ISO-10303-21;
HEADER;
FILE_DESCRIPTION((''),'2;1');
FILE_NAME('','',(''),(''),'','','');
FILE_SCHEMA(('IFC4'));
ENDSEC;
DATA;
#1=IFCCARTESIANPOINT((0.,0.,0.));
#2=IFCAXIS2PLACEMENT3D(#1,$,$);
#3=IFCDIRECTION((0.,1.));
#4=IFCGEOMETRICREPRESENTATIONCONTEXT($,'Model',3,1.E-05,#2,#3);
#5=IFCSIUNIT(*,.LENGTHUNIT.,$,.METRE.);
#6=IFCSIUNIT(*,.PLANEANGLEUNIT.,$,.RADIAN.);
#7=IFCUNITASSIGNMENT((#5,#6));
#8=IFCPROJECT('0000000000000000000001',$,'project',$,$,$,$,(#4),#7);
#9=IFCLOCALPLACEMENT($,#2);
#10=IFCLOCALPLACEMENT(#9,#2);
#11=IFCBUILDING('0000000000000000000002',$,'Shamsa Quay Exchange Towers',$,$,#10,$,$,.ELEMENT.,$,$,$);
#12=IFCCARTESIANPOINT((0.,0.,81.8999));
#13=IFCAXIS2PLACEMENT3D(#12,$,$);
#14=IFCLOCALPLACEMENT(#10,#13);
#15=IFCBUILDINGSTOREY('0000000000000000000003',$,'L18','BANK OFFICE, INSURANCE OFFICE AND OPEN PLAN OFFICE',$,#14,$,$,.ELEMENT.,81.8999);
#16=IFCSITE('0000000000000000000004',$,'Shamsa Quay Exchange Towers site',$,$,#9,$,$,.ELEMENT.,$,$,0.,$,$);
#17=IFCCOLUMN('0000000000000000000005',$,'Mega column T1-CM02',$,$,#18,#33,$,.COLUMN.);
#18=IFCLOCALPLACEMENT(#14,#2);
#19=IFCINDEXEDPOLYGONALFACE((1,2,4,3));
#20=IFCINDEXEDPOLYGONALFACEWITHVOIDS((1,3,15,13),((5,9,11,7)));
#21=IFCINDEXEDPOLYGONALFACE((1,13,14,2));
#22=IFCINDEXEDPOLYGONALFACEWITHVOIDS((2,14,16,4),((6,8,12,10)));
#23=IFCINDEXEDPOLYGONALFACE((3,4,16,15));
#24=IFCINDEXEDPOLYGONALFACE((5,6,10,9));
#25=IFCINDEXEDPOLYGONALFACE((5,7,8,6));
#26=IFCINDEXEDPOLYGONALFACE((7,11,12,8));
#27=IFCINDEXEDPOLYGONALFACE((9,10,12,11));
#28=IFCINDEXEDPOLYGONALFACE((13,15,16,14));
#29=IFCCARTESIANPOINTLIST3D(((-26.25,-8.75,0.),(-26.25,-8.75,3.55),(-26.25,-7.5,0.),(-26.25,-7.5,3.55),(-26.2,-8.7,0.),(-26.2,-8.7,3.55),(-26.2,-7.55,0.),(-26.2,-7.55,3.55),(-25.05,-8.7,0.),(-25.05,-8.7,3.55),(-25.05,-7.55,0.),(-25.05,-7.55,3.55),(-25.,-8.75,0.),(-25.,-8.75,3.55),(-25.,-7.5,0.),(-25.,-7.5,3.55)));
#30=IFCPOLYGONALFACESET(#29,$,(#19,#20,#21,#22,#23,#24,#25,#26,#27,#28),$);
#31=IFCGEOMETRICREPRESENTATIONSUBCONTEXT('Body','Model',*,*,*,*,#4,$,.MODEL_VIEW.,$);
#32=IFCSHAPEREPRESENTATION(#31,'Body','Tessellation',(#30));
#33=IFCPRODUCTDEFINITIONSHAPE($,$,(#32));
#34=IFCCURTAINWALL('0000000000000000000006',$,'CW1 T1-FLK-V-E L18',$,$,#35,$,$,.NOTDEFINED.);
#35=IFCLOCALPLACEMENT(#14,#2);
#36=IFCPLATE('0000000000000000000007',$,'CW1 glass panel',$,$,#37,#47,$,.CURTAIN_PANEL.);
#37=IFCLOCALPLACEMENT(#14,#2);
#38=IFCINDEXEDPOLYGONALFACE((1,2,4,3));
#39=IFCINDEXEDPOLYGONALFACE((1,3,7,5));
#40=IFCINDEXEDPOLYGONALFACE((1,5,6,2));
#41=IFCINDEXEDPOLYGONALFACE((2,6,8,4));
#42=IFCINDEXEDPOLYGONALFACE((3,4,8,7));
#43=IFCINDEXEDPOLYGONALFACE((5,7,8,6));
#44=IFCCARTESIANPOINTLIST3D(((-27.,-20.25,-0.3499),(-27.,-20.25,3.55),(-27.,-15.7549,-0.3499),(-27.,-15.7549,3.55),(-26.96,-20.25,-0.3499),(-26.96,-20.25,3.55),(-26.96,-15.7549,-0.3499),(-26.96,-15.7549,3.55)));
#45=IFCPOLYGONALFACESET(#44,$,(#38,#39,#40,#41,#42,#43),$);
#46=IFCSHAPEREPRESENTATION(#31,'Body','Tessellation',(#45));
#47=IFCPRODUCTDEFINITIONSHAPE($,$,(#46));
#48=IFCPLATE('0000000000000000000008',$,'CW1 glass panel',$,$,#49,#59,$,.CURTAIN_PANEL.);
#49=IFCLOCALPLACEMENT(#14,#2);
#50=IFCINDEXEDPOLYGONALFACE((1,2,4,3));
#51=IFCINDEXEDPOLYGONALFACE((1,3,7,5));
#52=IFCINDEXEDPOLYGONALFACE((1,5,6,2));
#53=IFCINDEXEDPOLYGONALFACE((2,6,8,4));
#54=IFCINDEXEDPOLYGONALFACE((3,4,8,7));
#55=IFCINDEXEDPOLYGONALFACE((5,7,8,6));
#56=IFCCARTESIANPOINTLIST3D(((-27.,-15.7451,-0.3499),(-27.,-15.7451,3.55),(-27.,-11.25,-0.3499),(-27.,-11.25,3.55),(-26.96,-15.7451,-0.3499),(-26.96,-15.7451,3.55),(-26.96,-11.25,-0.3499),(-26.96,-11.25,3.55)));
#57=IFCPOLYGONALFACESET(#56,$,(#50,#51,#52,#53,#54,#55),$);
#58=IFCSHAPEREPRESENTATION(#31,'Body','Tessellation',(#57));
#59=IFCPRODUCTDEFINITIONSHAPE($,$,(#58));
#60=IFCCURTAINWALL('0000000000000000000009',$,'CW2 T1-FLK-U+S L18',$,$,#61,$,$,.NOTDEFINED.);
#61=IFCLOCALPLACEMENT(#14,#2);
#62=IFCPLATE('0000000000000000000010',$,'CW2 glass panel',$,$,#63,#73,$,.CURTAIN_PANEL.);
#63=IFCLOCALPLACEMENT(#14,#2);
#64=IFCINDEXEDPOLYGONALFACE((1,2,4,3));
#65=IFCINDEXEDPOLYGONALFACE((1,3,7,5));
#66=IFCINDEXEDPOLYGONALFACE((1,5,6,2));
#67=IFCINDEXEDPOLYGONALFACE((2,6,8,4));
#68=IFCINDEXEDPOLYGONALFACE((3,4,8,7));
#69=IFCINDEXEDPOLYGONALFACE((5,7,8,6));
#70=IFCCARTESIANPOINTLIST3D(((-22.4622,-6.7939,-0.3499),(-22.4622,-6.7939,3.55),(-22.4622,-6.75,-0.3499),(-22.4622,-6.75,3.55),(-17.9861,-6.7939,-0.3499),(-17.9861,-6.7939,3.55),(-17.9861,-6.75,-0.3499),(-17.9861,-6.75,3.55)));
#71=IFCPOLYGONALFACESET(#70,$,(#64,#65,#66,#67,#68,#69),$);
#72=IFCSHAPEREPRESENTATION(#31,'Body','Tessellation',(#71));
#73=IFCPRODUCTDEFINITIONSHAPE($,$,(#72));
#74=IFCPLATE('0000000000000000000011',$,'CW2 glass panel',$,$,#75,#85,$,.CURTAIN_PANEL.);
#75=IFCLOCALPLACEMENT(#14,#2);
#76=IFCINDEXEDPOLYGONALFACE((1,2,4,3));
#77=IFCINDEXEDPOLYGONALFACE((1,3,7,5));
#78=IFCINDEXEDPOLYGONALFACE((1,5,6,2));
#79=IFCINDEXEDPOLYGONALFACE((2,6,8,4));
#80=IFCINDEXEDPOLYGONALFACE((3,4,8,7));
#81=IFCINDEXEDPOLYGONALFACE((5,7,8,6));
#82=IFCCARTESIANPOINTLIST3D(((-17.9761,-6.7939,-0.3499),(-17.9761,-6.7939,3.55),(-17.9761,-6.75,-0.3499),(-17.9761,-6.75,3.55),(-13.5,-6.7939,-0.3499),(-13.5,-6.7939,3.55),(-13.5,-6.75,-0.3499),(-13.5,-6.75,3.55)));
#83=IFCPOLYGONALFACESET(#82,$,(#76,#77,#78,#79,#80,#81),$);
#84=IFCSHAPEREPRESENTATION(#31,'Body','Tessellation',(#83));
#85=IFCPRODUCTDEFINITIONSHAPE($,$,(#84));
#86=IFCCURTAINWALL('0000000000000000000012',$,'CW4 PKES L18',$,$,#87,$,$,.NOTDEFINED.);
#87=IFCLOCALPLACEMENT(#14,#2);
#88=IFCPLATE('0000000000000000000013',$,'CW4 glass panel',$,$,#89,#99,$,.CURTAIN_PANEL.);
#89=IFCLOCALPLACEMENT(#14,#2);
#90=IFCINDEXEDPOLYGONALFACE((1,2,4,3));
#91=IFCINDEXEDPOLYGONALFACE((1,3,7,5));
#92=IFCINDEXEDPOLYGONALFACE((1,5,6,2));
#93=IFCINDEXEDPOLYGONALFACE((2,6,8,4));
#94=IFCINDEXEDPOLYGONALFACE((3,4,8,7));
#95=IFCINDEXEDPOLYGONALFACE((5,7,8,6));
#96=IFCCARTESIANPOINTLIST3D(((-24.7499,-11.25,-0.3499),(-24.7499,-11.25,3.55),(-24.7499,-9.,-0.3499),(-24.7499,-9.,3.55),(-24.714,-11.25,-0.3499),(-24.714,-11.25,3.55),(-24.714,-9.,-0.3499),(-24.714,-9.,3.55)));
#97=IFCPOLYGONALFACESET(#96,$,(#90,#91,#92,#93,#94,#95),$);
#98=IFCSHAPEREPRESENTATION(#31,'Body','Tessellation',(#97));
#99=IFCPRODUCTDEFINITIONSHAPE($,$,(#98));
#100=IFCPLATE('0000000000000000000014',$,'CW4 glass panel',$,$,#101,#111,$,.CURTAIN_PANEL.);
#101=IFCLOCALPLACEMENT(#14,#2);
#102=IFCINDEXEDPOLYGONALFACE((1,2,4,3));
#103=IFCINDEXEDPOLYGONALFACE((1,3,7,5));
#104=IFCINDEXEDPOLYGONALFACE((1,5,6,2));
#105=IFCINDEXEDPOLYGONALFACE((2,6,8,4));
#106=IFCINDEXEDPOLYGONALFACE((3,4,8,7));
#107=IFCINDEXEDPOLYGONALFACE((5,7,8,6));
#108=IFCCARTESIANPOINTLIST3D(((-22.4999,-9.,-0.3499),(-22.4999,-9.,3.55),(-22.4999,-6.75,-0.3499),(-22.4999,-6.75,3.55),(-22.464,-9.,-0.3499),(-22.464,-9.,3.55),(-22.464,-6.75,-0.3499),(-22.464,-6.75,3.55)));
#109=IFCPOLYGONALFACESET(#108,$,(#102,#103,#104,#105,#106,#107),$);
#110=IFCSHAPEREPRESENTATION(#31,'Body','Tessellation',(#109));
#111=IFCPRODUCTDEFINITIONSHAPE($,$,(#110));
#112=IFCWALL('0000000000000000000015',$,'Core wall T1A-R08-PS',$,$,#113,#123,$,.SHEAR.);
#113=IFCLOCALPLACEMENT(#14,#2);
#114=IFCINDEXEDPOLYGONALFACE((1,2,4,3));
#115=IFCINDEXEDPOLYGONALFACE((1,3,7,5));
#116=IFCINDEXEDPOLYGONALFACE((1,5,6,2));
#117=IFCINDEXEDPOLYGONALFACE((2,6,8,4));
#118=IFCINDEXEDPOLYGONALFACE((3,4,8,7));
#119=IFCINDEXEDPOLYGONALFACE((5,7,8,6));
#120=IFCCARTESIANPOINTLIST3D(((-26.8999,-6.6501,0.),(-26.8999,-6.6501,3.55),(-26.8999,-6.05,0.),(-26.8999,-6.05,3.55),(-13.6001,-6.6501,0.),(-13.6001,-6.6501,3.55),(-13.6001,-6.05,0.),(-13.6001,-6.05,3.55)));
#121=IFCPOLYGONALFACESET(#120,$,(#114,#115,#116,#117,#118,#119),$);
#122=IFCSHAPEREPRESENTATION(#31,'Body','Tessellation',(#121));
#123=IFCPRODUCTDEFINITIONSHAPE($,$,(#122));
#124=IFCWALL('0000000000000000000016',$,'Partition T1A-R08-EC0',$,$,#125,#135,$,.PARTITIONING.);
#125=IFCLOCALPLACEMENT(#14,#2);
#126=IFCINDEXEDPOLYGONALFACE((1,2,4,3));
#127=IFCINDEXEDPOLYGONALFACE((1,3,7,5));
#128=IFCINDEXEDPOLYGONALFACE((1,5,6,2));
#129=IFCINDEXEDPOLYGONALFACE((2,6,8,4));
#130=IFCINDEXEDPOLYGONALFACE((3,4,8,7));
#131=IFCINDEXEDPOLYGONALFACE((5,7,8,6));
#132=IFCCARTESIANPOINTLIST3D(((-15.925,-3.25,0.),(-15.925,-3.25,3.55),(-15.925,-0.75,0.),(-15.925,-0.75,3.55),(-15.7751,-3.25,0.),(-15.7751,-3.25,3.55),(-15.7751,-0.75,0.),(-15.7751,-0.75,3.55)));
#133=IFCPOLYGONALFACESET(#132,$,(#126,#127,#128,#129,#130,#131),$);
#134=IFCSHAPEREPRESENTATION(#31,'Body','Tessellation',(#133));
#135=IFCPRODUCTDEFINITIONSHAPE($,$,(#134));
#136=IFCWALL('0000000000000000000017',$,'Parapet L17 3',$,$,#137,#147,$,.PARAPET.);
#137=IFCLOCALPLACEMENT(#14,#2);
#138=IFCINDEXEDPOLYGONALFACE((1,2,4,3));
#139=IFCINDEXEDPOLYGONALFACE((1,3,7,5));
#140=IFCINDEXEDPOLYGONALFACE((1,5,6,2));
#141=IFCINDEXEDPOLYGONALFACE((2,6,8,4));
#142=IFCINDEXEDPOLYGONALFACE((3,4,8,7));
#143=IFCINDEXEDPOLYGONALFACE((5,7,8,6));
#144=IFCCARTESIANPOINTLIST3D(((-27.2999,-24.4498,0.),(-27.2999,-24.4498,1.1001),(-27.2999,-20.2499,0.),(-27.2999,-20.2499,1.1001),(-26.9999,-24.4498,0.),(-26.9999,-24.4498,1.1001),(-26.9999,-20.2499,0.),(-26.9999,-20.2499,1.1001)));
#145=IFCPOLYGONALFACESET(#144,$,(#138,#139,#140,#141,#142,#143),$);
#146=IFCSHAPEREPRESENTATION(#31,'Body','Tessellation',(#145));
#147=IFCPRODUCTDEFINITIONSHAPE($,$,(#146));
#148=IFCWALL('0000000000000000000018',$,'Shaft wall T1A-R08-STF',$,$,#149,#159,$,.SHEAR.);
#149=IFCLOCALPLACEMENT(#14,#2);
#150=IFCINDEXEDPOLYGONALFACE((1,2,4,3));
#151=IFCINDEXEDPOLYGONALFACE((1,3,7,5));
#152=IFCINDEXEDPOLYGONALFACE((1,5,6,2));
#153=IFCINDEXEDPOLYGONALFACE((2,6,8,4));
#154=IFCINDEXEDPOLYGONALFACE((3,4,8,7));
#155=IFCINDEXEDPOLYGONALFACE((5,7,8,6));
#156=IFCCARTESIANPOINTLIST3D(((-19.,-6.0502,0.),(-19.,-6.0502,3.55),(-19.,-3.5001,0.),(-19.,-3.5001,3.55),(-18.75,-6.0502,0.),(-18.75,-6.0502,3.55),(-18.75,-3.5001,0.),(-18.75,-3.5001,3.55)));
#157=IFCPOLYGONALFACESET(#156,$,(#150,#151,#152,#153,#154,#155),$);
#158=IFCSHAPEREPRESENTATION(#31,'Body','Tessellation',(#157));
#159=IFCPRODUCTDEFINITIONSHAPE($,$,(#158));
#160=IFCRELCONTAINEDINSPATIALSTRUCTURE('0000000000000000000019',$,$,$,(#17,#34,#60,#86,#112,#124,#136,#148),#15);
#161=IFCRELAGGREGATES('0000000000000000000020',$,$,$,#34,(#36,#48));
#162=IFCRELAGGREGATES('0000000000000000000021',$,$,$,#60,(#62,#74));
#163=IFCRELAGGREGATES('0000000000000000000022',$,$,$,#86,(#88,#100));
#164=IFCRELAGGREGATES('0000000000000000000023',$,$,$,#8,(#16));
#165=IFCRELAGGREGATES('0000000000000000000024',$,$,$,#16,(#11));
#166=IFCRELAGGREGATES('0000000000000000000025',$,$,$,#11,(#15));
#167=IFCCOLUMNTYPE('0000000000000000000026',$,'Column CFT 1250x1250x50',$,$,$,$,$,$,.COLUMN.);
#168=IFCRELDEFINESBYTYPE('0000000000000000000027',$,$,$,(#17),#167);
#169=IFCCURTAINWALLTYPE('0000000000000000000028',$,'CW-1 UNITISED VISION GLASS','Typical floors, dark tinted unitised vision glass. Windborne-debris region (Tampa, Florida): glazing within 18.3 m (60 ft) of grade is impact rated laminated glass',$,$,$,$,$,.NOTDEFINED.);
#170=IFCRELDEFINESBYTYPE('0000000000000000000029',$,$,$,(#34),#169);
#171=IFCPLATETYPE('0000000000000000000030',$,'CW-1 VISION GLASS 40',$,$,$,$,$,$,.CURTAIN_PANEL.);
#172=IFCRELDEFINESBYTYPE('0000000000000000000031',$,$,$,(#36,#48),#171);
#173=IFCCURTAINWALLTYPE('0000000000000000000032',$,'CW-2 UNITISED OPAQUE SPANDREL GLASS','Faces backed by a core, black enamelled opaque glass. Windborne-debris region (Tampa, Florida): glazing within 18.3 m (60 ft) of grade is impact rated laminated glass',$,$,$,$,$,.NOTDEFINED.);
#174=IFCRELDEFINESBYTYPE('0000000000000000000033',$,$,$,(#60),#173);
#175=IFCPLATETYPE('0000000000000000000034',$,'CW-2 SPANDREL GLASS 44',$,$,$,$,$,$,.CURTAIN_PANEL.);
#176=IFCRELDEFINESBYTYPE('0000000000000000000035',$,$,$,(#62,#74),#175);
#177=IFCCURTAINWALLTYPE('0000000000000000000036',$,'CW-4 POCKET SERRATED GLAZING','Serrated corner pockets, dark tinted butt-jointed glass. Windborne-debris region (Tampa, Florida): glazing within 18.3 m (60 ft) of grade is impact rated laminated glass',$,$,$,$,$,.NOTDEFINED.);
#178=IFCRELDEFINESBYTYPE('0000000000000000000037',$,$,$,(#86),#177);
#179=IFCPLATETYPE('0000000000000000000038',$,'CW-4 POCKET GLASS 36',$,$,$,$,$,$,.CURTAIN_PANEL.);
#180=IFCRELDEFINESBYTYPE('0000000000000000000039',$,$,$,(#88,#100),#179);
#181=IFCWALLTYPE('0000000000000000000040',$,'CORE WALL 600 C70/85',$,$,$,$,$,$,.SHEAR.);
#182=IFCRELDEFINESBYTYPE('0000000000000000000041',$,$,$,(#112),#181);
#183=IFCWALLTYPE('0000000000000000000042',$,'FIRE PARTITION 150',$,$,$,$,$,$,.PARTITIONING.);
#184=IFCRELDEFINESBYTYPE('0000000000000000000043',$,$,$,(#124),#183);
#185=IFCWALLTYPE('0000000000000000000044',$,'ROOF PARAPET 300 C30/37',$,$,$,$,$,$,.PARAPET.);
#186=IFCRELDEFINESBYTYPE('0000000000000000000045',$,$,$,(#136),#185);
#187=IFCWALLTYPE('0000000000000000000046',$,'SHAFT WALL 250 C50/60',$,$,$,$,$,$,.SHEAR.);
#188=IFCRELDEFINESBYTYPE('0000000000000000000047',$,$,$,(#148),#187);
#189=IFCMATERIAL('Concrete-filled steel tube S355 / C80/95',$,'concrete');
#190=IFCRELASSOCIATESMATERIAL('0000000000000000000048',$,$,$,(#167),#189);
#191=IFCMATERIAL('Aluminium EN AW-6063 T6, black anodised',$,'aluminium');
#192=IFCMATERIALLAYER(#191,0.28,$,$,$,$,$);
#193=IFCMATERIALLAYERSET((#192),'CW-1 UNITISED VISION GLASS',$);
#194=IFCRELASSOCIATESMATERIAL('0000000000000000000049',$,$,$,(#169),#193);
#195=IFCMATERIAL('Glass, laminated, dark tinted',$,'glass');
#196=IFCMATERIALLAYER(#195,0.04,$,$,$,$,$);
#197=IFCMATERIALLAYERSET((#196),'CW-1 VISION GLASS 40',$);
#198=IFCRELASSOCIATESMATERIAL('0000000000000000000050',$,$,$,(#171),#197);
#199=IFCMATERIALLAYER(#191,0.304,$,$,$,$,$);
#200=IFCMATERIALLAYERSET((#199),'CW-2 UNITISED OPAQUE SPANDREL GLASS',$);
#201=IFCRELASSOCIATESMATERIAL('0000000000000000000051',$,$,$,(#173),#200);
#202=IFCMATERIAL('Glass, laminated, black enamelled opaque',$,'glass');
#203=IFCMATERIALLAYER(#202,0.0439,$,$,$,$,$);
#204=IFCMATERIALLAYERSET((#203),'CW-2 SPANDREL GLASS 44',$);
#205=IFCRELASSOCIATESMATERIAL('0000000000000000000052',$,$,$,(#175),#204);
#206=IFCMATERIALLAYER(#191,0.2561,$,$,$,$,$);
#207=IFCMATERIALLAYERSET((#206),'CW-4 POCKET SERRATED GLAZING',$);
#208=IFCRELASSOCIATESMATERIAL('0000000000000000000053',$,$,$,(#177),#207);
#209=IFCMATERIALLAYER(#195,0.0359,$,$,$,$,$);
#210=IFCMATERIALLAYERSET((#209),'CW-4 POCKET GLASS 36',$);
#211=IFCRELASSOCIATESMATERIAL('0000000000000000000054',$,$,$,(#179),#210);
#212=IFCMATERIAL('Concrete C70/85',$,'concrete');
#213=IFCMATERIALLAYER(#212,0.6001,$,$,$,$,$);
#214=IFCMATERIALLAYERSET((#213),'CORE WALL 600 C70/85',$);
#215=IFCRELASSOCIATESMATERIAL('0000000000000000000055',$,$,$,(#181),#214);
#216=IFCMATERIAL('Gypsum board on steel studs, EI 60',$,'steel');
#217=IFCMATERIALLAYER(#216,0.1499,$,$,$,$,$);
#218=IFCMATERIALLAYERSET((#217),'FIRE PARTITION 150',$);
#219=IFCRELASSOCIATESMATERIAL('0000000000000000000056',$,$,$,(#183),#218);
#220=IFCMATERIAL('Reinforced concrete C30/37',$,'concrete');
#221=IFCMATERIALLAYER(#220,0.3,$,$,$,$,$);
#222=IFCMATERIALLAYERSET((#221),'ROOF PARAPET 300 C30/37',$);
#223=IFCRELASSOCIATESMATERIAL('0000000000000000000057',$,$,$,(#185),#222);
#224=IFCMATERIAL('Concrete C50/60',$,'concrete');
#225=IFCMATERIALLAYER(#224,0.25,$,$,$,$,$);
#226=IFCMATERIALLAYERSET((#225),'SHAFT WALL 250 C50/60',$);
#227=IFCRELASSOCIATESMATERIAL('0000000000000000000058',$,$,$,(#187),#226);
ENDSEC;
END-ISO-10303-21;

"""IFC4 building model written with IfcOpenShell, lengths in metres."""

from ifc_helpers import new_model, si_unit, direction, frame, frame_2d, origin, origin_2d, place, context, subcontext, project, spatial, rectangle, hollow_rectangle, extrude, material, layer, layer_set, material_profile, profile_set, type_object, element, aggregate, save


model = new_model("IFC4")

# Units and contexts
model_context = context("Model", 3, precision=1e-05, world=origin(), true_north=direction((0.0, 1.0)))
body_context = subcontext(model_context, "Body", "Model", "MODEL_VIEW")
ifc_project = project(units=[si_unit("LENGTHUNIT", "METRE"), si_unit("PLANEANGLEUNIT", "RADIAN")], contexts=[model_context])

# Site, building, storey
site_placement = place(None, origin())
site = spatial("IfcSite", under=ifc_project, at=site_placement, Name="Shamsa Quay Exchange Towers site", CompositionType="ELEMENT", RefElevation=0.0)
building_placement = place(site_placement, origin())
building = spatial("IfcBuilding", under=site, at=building_placement, Name="Shamsa Quay Exchange Towers", CompositionType="ELEMENT")
storey_placement = place(building_placement, frame((0.0, 0.0, 81.8999)))
storey = spatial("IfcBuildingStorey", under=building, at=storey_placement, Name="L18", Description="BANK OFFICE, INSURANCE OFFICE AND OPEN PLAN OFFICE", CompositionType="ELEMENT", Elevation=81.8999)

# Column
ifc_material_1 = material(Name="Concrete-filled steel tube S355 / C80/95", Category="concrete")
ifc_material_profile = material_profile(ifc_material_1, hollow_rectangle(XDim=1.25, YDim=1.25, WallThickness=0.05, at=origin_2d()), Name="CFT 1250x1250x50")
ifc_profile_set = profile_set([ifc_material_profile], Name="Concrete-filled steel tube S355 / C80/95")
column_type = type_object("IfcColumnType", Name="Column CFT 1250x1250x50", PredefinedType="COLUMN", material=ifc_profile_set)
column_placement = place(storey_placement, frame((-25.625, -8.125, 0.0)))
element("IfcColumn", 1, at=column_placement, inside=storey, type_object=column_type, Name="Mega column T1-CM02", PredefinedType="COLUMN", context=body_context, shape_type="SweptSolid", body=[
    extrude(hollow_rectangle(XDim=1.25, YDim=1.25, WallThickness=0.05, at=origin_2d()), origin(), (0.0, 0.0, 1.0), 3.55),
])

# Curtain walls, plates
ifc_material_2 = material(Name="Aluminium EN AW-6063 T6, black anodised", Category="aluminium")
ifc_layer_1 = layer(ifc_material_2, 0.28)
ifc_layer_set_1 = layer_set([ifc_layer_1], Name="CW-1 UNITISED VISION GLASS")
curtain_wall_type_1 = type_object("IfcCurtainWallType", Name="CW-1 UNITISED VISION GLASS", Description="Typical floors, dark tinted unitised vision glass. Windborne-debris region (Tampa, Florida): glazing within 18.3 m (60 ft) of grade is impact rated laminated glass", PredefinedType="NOTDEFINED", material=ifc_layer_set_1)
curtain_wall_1_placement = place(storey_placement, origin())
curtain_wall_1 = element("IfcCurtainWall", 2, at=curtain_wall_1_placement, inside=storey, type_object=curtain_wall_type_1, Name="CW1 T1-FLK-V-E L18", PredefinedType="NOTDEFINED")
ifc_material_3 = material(Name="Glass, laminated, dark tinted", Category="glass")
ifc_layer_2 = layer(ifc_material_3, 0.04)
ifc_layer_set_2 = layer_set([ifc_layer_2], Name="CW-1 VISION GLASS 40")
plate_type_1 = type_object("IfcPlateType", Name="CW-1 VISION GLASS 40", PredefinedType="CURTAIN_PANEL", material=ifc_layer_set_2)
plate_1_placement = place(storey_placement, frame((-26.98, -18.0024, -0.3499), z_axis=(0.0, 0.0, 1.0), x_axis=(0.0, 1.0, 0.0)))
plate_1 = element("IfcPlate", 3, at=plate_1_placement, type_object=plate_type_1, Name="CW1 glass panel", PredefinedType="CURTAIN_PANEL", context=body_context, shape_type="SweptSolid", body=[
    extrude(rectangle(XDim=4.4951, YDim=0.04, at=origin_2d()), origin(), (0.0, 0.0, 1.0), 3.8999),
])
plate_2_placement = place(storey_placement, frame((-26.98, -13.4976, -0.3499), z_axis=(0.0, 0.0, 1.0), x_axis=(0.0, 1.0, 0.0)))
plate_2 = element("IfcPlate", 4, at=plate_2_placement, type_object=plate_type_1, Name="CW1 glass panel", PredefinedType="CURTAIN_PANEL", context=body_context, shape_type="SweptSolid", body=[
    extrude(rectangle(XDim=4.4951, YDim=0.04, at=origin_2d()), origin(), (0.0, 0.0, 1.0), 3.8999),
])
aggregate(curtain_wall_1, [plate_1, plate_2])
ifc_layer_3 = layer(ifc_material_2, 0.304)
ifc_layer_set_3 = layer_set([ifc_layer_3], Name="CW-2 UNITISED OPAQUE SPANDREL GLASS")
curtain_wall_type_2 = type_object("IfcCurtainWallType", Name="CW-2 UNITISED OPAQUE SPANDREL GLASS", Description="Faces backed by a core, black enamelled opaque glass. Windborne-debris region (Tampa, Florida): glazing within 18.3 m (60 ft) of grade is impact rated laminated glass", PredefinedType="NOTDEFINED", material=ifc_layer_set_3)
curtain_wall_2_placement = place(storey_placement, origin())
curtain_wall_2 = element("IfcCurtainWall", 5, at=curtain_wall_2_placement, inside=storey, type_object=curtain_wall_type_2, Name="CW2 T1-FLK-U+S L18", PredefinedType="NOTDEFINED")
ifc_material_4 = material(Name="Glass, laminated, black enamelled opaque", Category="glass")
ifc_layer_4 = layer(ifc_material_4, 0.0439)
ifc_layer_set_4 = layer_set([ifc_layer_4], Name="CW-2 SPANDREL GLASS 44")
plate_type_2 = type_object("IfcPlateType", Name="CW-2 SPANDREL GLASS 44", PredefinedType="CURTAIN_PANEL", material=ifc_layer_set_4)
plate_3_placement = place(storey_placement, frame((-20.2241, -6.772, -0.3499)))
plate_3 = element("IfcPlate", 6, at=plate_3_placement, type_object=plate_type_2, Name="CW2 glass panel", PredefinedType="CURTAIN_PANEL", context=body_context, shape_type="SweptSolid", body=[
    extrude(rectangle(XDim=4.4761, YDim=0.0439, at=origin_2d()), origin(), (0.0, 0.0, 1.0), 3.8999),
])
plate_4_placement = place(storey_placement, frame((-15.738, -6.772, -0.3499)))
plate_4 = element("IfcPlate", 7, at=plate_4_placement, type_object=plate_type_2, Name="CW2 glass panel", PredefinedType="CURTAIN_PANEL", context=body_context, shape_type="SweptSolid", body=[
    extrude(rectangle(XDim=4.4761, YDim=0.0439, at=origin_2d()), origin(), (0.0, 0.0, 1.0), 3.8999),
])
aggregate(curtain_wall_2, [plate_3, plate_4])
ifc_layer_5 = layer(ifc_material_2, 0.2561)
ifc_layer_set_5 = layer_set([ifc_layer_5], Name="CW-4 POCKET SERRATED GLAZING")
curtain_wall_type_3 = type_object("IfcCurtainWallType", Name="CW-4 POCKET SERRATED GLAZING", Description="Serrated corner pockets, dark tinted butt-jointed glass. Windborne-debris region (Tampa, Florida): glazing within 18.3 m (60 ft) of grade is impact rated laminated glass", PredefinedType="NOTDEFINED", material=ifc_layer_set_5)
curtain_wall_3_placement = place(storey_placement, origin())
curtain_wall_3 = element("IfcCurtainWall", 8, at=curtain_wall_3_placement, inside=storey, type_object=curtain_wall_type_3, Name="CW4 PKES L18", PredefinedType="NOTDEFINED")
ifc_layer_6 = layer(ifc_material_3, 0.0359)
ifc_layer_set_6 = layer_set([ifc_layer_6], Name="CW-4 POCKET GLASS 36")
plate_type_3 = type_object("IfcPlateType", Name="CW-4 POCKET GLASS 36", PredefinedType="CURTAIN_PANEL", material=ifc_layer_set_6)
plate_5_placement = place(storey_placement, frame((-24.7319, -10.125, -0.3499), z_axis=(0.0, 0.0, 1.0), x_axis=(0.0, 1.0, 0.0)))
plate_5 = element("IfcPlate", 9, at=plate_5_placement, type_object=plate_type_3, Name="CW4 glass panel", PredefinedType="CURTAIN_PANEL", context=body_context, shape_type="SweptSolid", body=[
    extrude(rectangle(XDim=2.25, YDim=0.0359, at=origin_2d()), origin(), (0.0, 0.0, 1.0), 3.8999),
])
plate_6_placement = place(storey_placement, frame((-22.4819, -7.875, -0.3499), z_axis=(0.0, 0.0, 1.0), x_axis=(0.0, 1.0, 0.0)))
plate_6 = element("IfcPlate", 10, at=plate_6_placement, type_object=plate_type_3, Name="CW4 glass panel", PredefinedType="CURTAIN_PANEL", context=body_context, shape_type="SweptSolid", body=[
    extrude(rectangle(XDim=2.25, YDim=0.0359, at=origin_2d()), origin(), (0.0, 0.0, 1.0), 3.8999),
])
aggregate(curtain_wall_3, [plate_5, plate_6])

# Walls
ifc_material_5 = material(Name="Concrete C70/85", Category="concrete")
ifc_layer_7 = layer(ifc_material_5, 0.6001)
ifc_layer_set_7 = layer_set([ifc_layer_7], Name="CORE WALL 600 C70/85")
wall_type_1 = type_object("IfcWallType", Name="CORE WALL 600 C70/85", PredefinedType="SHEAR", material=ifc_layer_set_7)
wall_1_placement = place(storey_placement, frame((-26.8999, -6.3501, 0.0)))
element("IfcWall", 11, at=wall_1_placement, inside=storey, type_object=wall_type_1, Name="Core wall T1A-R08-PS", PredefinedType="SHEAR", context=body_context, shape_type="SweptSolid", body=[
    extrude(rectangle(XDim=13.2998, YDim=0.6001, at=frame_2d((6.6499, 0.0))), origin(), (0.0, 0.0, 1.0), 3.55),
])
ifc_material_6 = material(Name="Gypsum board on steel studs, EI 60", Category="steel")
ifc_layer_8 = layer(ifc_material_6, 0.1499)
ifc_layer_set_8 = layer_set([ifc_layer_8], Name="FIRE PARTITION 150")
wall_type_2 = type_object("IfcWallType", Name="FIRE PARTITION 150", PredefinedType="PARTITIONING", material=ifc_layer_set_8)
wall_2_placement = place(storey_placement, frame((-15.8501, -3.25, 0.0), z_axis=(0.0, 0.0, 1.0), x_axis=(0.0, 1.0, 0.0)))
element("IfcWall", 12, at=wall_2_placement, inside=storey, type_object=wall_type_2, Name="Partition T1A-R08-EC0", PredefinedType="PARTITIONING", context=body_context, shape_type="SweptSolid", body=[
    extrude(rectangle(XDim=2.5, YDim=0.1499, at=frame_2d((1.25, 0.0))), origin(), (0.0, 0.0, 1.0), 3.55),
])
ifc_material_7 = material(Name="Reinforced concrete C30/37", Category="concrete")
ifc_layer_9 = layer(ifc_material_7, 0.3)
ifc_layer_set_9 = layer_set([ifc_layer_9], Name="ROOF PARAPET 300 C30/37")
wall_type_3 = type_object("IfcWallType", Name="ROOF PARAPET 300 C30/37", PredefinedType="PARAPET", material=ifc_layer_set_9)
wall_3_placement = place(storey_placement, frame((-27.1499, -24.45, 0.0), z_axis=(0.0, 0.0, 1.0), x_axis=(0.0, 1.0, 0.0)))
element("IfcWall", 13, at=wall_3_placement, inside=storey, type_object=wall_type_3, Name="Parapet L17 3", PredefinedType="PARAPET", context=body_context, shape_type="SweptSolid", body=[
    extrude(rectangle(XDim=4.2, YDim=0.3, at=frame_2d((2.1001, 0.0))), origin(), (0.0, 0.0, 1.0), 1.1001),
])
ifc_material_8 = material(Name="Concrete C50/60", Category="concrete")
ifc_layer_10 = layer(ifc_material_8, 0.25)
ifc_layer_set_10 = layer_set([ifc_layer_10], Name="SHAFT WALL 250 C50/60")
wall_type_4 = type_object("IfcWallType", Name="SHAFT WALL 250 C50/60", PredefinedType="SHEAR", material=ifc_layer_set_10)
wall_4_placement = place(storey_placement, frame((-18.875, -6.05, 0.0), z_axis=(0.0, 0.0, 1.0), x_axis=(0.0, 1.0, 0.0)))
element("IfcWall", 14, at=wall_4_placement, inside=storey, type_object=wall_type_4, Name="Shaft wall T1A-R08-STF", PredefinedType="SHEAR", context=body_context, shape_type="SweptSolid", body=[
    extrude(rectangle(XDim=2.55, YDim=0.25, at=frame_2d((1.2749, 0.0))), origin(), (0.0, 0.0, 1.0), 3.55),
])

save(model, "model.ifc")
